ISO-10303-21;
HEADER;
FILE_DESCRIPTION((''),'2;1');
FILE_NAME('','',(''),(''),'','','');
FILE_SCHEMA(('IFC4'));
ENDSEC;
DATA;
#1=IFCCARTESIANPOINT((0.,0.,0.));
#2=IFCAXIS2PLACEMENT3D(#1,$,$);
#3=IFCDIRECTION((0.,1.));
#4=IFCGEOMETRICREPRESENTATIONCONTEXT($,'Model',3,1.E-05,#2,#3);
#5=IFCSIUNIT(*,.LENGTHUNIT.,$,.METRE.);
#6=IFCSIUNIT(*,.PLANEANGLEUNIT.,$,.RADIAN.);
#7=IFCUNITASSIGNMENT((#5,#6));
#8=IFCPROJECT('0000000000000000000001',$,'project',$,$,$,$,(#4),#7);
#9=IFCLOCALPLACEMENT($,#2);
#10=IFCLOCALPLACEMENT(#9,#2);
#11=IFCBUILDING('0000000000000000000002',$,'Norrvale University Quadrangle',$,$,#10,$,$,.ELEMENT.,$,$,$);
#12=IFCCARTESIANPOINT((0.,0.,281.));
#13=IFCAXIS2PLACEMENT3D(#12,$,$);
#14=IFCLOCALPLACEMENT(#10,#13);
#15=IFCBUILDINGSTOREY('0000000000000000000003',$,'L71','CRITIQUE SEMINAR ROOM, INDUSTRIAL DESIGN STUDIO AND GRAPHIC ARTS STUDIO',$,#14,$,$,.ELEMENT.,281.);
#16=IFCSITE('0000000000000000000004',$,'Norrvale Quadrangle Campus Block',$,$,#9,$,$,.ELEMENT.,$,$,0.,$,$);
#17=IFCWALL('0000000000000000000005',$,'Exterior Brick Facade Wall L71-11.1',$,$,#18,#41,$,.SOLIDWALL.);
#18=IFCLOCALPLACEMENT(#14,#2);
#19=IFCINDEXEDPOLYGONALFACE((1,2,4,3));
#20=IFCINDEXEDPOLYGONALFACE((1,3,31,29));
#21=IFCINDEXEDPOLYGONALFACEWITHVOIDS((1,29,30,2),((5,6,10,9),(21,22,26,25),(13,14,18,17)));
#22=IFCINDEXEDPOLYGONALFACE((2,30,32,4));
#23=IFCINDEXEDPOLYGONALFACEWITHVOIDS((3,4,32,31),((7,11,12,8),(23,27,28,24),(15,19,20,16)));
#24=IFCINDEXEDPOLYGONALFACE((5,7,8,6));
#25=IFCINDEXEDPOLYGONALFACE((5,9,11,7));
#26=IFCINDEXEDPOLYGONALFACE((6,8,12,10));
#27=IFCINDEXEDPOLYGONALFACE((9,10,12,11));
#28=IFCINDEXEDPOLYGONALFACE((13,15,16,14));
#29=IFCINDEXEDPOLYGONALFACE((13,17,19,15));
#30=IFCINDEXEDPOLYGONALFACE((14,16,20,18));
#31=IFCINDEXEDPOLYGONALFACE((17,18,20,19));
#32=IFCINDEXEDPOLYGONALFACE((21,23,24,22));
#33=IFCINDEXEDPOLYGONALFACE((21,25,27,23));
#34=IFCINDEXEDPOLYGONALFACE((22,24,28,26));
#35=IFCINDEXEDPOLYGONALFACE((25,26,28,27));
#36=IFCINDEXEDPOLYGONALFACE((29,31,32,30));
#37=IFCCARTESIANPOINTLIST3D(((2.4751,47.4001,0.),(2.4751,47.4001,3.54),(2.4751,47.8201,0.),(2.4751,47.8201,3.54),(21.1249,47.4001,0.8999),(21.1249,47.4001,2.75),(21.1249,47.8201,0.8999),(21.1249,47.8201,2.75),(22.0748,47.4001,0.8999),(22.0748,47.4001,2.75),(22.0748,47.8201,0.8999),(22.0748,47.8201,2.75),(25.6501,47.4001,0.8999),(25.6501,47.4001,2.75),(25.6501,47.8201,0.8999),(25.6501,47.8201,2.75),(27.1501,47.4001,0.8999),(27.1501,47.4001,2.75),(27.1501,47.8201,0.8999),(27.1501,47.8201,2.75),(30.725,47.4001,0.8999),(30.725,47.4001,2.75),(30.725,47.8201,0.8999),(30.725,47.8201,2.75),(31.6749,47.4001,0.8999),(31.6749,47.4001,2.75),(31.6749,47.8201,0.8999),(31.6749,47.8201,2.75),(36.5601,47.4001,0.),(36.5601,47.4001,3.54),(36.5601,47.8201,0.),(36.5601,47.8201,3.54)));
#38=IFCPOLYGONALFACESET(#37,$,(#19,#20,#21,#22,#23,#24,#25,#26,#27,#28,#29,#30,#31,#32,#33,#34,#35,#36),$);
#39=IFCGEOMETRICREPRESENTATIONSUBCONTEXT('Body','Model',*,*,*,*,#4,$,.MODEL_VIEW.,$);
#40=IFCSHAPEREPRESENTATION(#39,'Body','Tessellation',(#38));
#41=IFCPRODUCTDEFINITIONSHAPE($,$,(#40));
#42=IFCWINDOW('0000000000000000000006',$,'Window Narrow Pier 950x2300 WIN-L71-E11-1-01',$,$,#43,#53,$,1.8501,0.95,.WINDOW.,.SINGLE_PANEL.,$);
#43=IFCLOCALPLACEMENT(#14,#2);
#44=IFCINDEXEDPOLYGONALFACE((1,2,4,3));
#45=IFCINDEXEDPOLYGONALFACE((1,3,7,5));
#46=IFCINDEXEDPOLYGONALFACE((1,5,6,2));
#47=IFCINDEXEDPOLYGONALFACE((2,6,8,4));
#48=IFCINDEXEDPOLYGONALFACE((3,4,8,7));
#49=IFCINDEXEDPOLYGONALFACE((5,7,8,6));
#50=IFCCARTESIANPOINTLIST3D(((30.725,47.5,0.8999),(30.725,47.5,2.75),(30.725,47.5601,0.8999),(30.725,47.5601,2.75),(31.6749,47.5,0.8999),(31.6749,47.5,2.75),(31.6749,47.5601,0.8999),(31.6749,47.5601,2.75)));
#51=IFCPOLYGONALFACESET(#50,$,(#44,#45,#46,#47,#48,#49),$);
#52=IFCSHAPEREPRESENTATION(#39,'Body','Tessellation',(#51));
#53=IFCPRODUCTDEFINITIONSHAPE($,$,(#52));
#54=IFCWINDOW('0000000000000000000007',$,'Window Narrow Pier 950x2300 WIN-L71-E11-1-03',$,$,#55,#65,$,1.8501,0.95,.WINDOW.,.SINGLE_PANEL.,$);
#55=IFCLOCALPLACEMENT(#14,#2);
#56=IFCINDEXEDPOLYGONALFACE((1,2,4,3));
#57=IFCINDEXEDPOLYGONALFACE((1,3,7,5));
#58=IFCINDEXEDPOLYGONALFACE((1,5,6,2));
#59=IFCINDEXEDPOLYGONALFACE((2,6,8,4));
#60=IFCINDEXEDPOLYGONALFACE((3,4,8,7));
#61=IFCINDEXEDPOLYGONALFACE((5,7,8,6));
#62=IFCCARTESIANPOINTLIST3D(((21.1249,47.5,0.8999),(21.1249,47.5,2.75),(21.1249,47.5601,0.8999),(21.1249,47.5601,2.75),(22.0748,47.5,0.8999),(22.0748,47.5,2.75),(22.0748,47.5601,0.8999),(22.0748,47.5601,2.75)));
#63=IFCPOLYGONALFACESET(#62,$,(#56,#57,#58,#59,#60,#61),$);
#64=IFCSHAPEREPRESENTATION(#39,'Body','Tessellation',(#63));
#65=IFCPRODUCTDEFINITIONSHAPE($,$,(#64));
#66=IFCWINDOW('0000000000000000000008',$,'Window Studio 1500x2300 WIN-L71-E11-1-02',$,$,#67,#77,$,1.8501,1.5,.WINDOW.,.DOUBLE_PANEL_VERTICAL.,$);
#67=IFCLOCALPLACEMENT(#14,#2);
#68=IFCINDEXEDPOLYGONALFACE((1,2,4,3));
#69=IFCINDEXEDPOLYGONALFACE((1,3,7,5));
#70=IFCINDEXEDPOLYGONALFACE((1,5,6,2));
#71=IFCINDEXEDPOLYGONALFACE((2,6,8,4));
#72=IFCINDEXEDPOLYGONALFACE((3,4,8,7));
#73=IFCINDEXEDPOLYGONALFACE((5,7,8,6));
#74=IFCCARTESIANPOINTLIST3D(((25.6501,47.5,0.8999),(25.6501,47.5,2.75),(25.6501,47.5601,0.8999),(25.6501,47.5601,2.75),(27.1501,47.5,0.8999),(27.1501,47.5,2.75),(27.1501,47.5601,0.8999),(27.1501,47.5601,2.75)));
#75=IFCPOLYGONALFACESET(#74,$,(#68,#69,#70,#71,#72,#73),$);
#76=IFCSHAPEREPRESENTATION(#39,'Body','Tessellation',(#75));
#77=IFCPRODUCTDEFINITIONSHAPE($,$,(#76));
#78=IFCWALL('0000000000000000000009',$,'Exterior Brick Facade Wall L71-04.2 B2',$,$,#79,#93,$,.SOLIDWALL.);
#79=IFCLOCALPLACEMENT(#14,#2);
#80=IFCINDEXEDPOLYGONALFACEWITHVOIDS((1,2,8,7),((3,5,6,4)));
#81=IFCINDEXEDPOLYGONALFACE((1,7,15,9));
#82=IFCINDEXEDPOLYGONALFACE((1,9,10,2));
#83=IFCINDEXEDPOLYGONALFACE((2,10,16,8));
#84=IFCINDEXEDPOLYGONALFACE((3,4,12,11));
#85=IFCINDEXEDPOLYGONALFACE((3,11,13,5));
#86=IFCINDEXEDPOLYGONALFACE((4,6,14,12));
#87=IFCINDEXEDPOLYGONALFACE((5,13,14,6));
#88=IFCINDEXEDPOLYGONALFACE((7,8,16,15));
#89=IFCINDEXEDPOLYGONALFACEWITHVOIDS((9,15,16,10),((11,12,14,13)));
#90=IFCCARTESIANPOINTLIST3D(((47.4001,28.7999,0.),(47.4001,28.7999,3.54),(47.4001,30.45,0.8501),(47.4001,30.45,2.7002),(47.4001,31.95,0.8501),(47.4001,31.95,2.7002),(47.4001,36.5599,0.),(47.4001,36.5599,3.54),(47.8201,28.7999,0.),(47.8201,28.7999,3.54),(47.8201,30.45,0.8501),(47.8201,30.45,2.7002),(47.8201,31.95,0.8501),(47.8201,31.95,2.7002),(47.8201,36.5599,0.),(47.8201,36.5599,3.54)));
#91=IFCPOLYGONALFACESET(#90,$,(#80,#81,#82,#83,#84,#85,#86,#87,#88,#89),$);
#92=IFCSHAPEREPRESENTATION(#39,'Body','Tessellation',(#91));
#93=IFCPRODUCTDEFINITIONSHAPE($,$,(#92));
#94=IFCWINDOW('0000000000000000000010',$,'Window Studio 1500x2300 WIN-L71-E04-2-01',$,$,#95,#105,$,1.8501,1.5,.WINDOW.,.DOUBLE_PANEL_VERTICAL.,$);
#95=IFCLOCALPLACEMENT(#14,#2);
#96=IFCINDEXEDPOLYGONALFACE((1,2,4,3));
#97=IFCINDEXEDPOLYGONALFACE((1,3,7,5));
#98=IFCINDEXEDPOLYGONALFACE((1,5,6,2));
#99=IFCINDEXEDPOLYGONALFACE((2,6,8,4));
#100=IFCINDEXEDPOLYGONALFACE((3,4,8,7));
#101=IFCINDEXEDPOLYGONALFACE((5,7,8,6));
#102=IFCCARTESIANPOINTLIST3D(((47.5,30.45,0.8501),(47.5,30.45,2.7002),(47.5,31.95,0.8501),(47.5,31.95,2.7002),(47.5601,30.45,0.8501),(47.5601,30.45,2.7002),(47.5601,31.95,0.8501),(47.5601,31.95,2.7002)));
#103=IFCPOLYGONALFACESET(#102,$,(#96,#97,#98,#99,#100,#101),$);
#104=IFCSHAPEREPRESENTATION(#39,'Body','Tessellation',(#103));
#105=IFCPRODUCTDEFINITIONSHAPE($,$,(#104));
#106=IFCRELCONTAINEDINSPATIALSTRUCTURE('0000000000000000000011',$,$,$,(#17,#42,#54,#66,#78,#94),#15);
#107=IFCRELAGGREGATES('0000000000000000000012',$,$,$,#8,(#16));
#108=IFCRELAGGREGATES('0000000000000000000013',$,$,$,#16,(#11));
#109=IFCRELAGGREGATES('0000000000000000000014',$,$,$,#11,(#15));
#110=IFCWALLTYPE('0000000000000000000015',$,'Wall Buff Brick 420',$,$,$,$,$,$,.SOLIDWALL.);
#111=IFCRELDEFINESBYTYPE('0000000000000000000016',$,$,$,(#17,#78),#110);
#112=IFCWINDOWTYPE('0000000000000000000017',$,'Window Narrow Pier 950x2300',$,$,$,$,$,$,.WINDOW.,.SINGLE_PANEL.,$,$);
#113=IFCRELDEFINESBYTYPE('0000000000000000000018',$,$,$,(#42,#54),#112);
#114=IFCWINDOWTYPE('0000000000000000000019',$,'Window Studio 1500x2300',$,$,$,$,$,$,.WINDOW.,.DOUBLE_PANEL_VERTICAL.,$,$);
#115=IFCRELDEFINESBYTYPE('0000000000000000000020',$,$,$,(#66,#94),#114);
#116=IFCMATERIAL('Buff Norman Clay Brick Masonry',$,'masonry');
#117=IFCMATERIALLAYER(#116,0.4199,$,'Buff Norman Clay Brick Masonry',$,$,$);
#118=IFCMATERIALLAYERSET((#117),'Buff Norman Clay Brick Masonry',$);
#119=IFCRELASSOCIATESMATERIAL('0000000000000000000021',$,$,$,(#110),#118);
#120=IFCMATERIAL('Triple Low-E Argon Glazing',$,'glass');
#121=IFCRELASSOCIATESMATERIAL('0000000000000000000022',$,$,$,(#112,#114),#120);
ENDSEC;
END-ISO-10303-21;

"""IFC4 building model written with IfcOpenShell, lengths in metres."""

from ifc_helpers import new_model, si_unit, direction, frame, frame_2d, origin, place, context, subcontext, project, spatial, rectangle, extrude, material, layer, layer_set, type_object, element, fill, save


model = new_model("IFC4")

# Units and contexts
model_context = context("Model", 3, precision=1e-05, world=origin(), true_north=direction((0.0, 1.0)))
body_context = subcontext(model_context, "Body", "Model", "MODEL_VIEW")
ifc_project = project(units=[si_unit("LENGTHUNIT", "METRE"), si_unit("PLANEANGLEUNIT", "RADIAN")], contexts=[model_context])

# Site, building, storey
site_placement = place(None, origin())
site = spatial("IfcSite", under=ifc_project, at=site_placement, Name="Norrvale Quadrangle Campus Block", CompositionType="ELEMENT", RefElevation=0.0)
building_placement = place(site_placement, origin())
building = spatial("IfcBuilding", under=site, at=building_placement, Name="Norrvale University Quadrangle", CompositionType="ELEMENT")
storey_placement = place(building_placement, frame((0.0, 0.0, 281.0)))
storey = spatial("IfcBuildingStorey", under=building, at=storey_placement, Name="L71", Description="CRITIQUE SEMINAR ROOM, INDUSTRIAL DESIGN STUDIO AND GRAPHIC ARTS STUDIO", CompositionType="ELEMENT", Elevation=281.0)

# Shared definitions
ifc_material_1 = material(Name="Buff Norman Clay Brick Masonry", Category="masonry")
ifc_layer = layer(ifc_material_1, 0.4199, Name="Buff Norman Clay Brick Masonry")
ifc_layer_set = layer_set([ifc_layer], Name="Buff Norman Clay Brick Masonry")
wall_type = type_object("IfcWallType", Name="Wall Buff Brick 420", PredefinedType="SOLIDWALL", material=ifc_layer_set)

# Shared definitions
ifc_material_2 = material(Name="Triple Low-E Argon Glazing", Category="glass")

# Wall, openings, windows
wall_1_placement = place(storey_placement, frame((36.5601, 47.6101, 0.0), z_axis=(0.0, 0.0, 1.0), x_axis=(-1.0, 0.0, 0.0)))
wall_1 = element("IfcWall", 1, at=wall_1_placement, inside=storey, type_object=wall_type, Name="Exterior Brick Facade Wall L71-11.1", PredefinedType="SOLIDWALL", context=body_context, shape_type="SweptSolid", body=[
    extrude(rectangle(XDim=34.085, YDim=0.4199, at=frame_2d((17.0425, 0.0))), origin(), (0.0, 0.0, 1.0), 3.54),
])
opening_1_placement = place(wall_1_placement, frame((4.885, 0.0, 0.8999)))
opening_1 = element("IfcOpeningElement", 2, at=opening_1_placement, cuts=wall_1, PredefinedType="OPENING", context=body_context, shape_type="SweptSolid", body=[
    extrude(rectangle(XDim=0.95, YDim=1.8501, at=frame_2d((0.4751, 0.925))), frame((0.0, 0.2219, 0.0), z_axis=(0.0, -1.0, 0.0), x_axis=(1.0, 0.0, 0.0)), (0.0, 0.0, 1.0), 0.4438),
])
opening_2_placement = place(wall_1_placement, frame((9.4099, 0.0, 0.8999)))
opening_2 = element("IfcOpeningElement", 3, at=opening_2_placement, cuts=wall_1, PredefinedType="OPENING", context=body_context, shape_type="SweptSolid", body=[
    extrude(rectangle(XDim=1.5, YDim=1.8501, at=frame_2d((0.75, 0.925))), frame((0.0, 0.2219, 0.0), z_axis=(0.0, -1.0, 0.0), x_axis=(1.0, 0.0, 0.0)), (0.0, 0.0, 1.0), 0.4438),
])
opening_3_placement = place(wall_1_placement, frame((14.4851, 0.0, 0.8999)))
opening_3 = element("IfcOpeningElement", 4, at=opening_3_placement, cuts=wall_1, PredefinedType="OPENING", context=body_context, shape_type="SweptSolid", body=[
    extrude(rectangle(XDim=0.95, YDim=1.8501, at=frame_2d((0.4751, 0.925))), frame((0.0, 0.2219, 0.0), z_axis=(0.0, -1.0, 0.0), x_axis=(1.0, 0.0, 0.0)), (0.0, 0.0, 1.0), 0.4438),
])
window_type_1 = type_object("IfcWindowType", Name="Window Narrow Pier 950x2300", PartitioningType="SINGLE_PANEL", PredefinedType="WINDOW", material=ifc_material_2)
window_1_placement = place(opening_1_placement, origin())
window_1 = element("IfcWindow", 5, at=window_1_placement, inside=storey, type_object=window_type_1, Name="Window Narrow Pier 950x2300 WIN-L71-E11-1-01", OverallHeight=1.8501, OverallWidth=0.95, PartitioningType="SINGLE_PANEL", PredefinedType="WINDOW", context=body_context, shape_type="SweptSolid", body=[
    extrude(rectangle(XDim=0.95, YDim=1.8501, at=frame_2d((0.4751, 0.925))), frame((0.0, 0.1101, 0.0), z_axis=(0.0, -1.0, 0.0), x_axis=(1.0, 0.0, 0.0)), (0.0, 0.0, 1.0), 0.0601),
])
fill(opening_1, window_1)
window_2_placement = place(opening_3_placement, origin())
window_2 = element("IfcWindow", 6, at=window_2_placement, inside=storey, type_object=window_type_1, Name="Window Narrow Pier 950x2300 WIN-L71-E11-1-03", OverallHeight=1.8501, OverallWidth=0.95, PartitioningType="SINGLE_PANEL", PredefinedType="WINDOW", context=body_context, shape_type="SweptSolid", body=[
    extrude(rectangle(XDim=0.95, YDim=1.8501, at=frame_2d((0.4751, 0.925))), frame((0.0, 0.1101, 0.0), z_axis=(0.0, -1.0, 0.0), x_axis=(1.0, 0.0, 0.0)), (0.0, 0.0, 1.0), 0.0601),
])
fill(opening_3, window_2)
window_type_2 = type_object("IfcWindowType", Name="Window Studio 1500x2300", PartitioningType="DOUBLE_PANEL_VERTICAL", PredefinedType="WINDOW", material=ifc_material_2)
window_3_placement = place(opening_2_placement, origin())
window_3 = element("IfcWindow", 7, at=window_3_placement, inside=storey, type_object=window_type_2, Name="Window Studio 1500x2300 WIN-L71-E11-1-02", OverallHeight=1.8501, OverallWidth=1.5, PartitioningType="DOUBLE_PANEL_VERTICAL", PredefinedType="WINDOW", context=body_context, shape_type="SweptSolid", body=[
    extrude(rectangle(XDim=1.5, YDim=1.8501, at=frame_2d((0.75, 0.925))), frame((0.0, 0.1101, 0.0), z_axis=(0.0, -1.0, 0.0), x_axis=(1.0, 0.0, 0.0)), (0.0, 0.0, 1.0), 0.0601),
])
fill(opening_2, window_3)

# Wall, opening, window
wall_2_placement = place(storey_placement, frame((47.6101, 28.8, 0.0), z_axis=(0.0, 0.0, 1.0), x_axis=(0.0, 1.0, 0.0)))
wall_2 = element("IfcWall", 8, at=wall_2_placement, inside=storey, type_object=wall_type, Name="Exterior Brick Facade Wall L71-04.2 B2", PredefinedType="SOLIDWALL", context=body_context, shape_type="SweptSolid", body=[
    extrude(rectangle(XDim=7.76, YDim=0.4199, at=frame_2d((3.8799, 0.0))), origin(), (0.0, 0.0, 1.0), 3.54),
])
opening_4_placement = place(wall_2_placement, frame((1.6499, 0.0, 0.8501)))
opening_4 = element("IfcOpeningElement", 9, at=opening_4_placement, cuts=wall_2, PredefinedType="OPENING", context=body_context, shape_type="SweptSolid", body=[
    extrude(rectangle(XDim=1.5, YDim=1.8501, at=frame_2d((0.75, 0.925))), frame((0.0, 0.2219, 0.0), z_axis=(0.0, -1.0, 0.0), x_axis=(1.0, 0.0, 0.0)), (0.0, 0.0, 1.0), 0.4438),
])
window_4_placement = place(opening_4_placement, origin())
window_4 = element("IfcWindow", 10, at=window_4_placement, inside=storey, type_object=window_type_2, Name="Window Studio 1500x2300 WIN-L71-E04-2-01", OverallHeight=1.8501, OverallWidth=1.5, PartitioningType="DOUBLE_PANEL_VERTICAL", PredefinedType="WINDOW", context=body_context, shape_type="SweptSolid", body=[
    extrude(rectangle(XDim=1.5, YDim=1.8501, at=frame_2d((0.75, 0.925))), frame((0.0, 0.1101, 0.0), z_axis=(0.0, -1.0, 0.0), x_axis=(1.0, 0.0, 0.0)), (0.0, 0.0, 1.0), 0.0601),
])
fill(opening_4, window_4)

save(model, "model.ifc")
